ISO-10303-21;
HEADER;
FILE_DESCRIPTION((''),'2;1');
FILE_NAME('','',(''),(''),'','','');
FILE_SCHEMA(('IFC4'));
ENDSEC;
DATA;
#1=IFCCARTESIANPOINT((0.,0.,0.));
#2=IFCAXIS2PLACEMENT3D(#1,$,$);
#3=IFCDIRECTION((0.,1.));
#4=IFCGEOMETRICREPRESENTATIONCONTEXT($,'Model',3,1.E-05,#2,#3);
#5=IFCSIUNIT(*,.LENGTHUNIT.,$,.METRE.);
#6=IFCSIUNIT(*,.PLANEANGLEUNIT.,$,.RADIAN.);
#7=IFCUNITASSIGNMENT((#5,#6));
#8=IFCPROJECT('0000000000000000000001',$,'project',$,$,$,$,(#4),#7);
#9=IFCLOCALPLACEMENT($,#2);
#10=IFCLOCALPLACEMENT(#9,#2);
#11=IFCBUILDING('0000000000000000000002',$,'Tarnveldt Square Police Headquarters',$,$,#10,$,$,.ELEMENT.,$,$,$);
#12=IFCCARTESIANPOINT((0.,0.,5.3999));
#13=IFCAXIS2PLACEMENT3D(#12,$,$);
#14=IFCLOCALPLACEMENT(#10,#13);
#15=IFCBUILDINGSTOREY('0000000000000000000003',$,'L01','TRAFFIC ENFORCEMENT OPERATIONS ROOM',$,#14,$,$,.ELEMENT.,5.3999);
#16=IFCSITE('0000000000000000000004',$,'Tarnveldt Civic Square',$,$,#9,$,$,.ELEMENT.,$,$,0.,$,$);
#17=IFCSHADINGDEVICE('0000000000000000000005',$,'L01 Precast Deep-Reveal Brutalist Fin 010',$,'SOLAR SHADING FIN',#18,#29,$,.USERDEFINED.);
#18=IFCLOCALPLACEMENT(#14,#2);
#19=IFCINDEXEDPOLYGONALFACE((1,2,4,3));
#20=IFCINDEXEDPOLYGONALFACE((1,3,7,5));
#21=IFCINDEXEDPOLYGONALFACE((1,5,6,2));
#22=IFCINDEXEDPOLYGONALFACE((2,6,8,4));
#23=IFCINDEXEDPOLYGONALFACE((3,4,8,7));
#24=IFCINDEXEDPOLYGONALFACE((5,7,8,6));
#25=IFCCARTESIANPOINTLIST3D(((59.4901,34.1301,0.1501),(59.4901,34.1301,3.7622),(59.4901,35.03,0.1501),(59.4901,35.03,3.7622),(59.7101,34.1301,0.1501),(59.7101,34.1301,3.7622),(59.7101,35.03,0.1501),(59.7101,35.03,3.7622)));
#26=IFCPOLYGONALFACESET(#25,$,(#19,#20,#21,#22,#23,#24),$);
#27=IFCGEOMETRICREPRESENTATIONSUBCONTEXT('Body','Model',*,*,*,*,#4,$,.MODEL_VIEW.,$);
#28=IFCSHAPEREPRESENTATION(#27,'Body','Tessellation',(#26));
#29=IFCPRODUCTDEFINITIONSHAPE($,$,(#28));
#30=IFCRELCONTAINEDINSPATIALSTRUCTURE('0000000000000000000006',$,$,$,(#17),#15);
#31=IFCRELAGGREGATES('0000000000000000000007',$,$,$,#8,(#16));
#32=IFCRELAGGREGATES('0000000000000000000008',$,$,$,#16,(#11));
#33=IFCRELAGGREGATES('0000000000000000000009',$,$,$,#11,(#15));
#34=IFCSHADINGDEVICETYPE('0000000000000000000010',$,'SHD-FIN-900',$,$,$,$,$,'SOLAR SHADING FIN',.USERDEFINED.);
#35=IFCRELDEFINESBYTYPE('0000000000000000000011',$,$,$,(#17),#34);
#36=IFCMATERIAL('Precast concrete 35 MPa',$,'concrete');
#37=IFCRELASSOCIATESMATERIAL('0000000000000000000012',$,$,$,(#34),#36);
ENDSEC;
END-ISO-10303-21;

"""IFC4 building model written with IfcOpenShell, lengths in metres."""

from ifc_helpers import new_model, si_unit, direction, frame, origin, origin_2d, place, context, subcontext, project, spatial, rectangle, extrude, material, material_profile, profile_set, type_object, element, save


model = new_model("IFC4")

# Units and contexts
model_context = context("Model", 3, precision=1e-05, world=origin(), true_north=direction((0.0, 1.0)))
body_context = subcontext(model_context, "Body", "Model", "MODEL_VIEW")
ifc_project = project(units=[si_unit("LENGTHUNIT", "METRE"), si_unit("PLANEANGLEUNIT", "RADIAN")], contexts=[model_context])

# Site, building, storey
site_placement = place(None, origin())
site = spatial("IfcSite", under=ifc_project, at=site_placement, Name="Tarnveldt Civic Square", CompositionType="ELEMENT", RefElevation=0.0)
building_placement = place(site_placement, origin())
building = spatial("IfcBuilding", under=site, at=building_placement, Name="Tarnveldt Square Police Headquarters", CompositionType="ELEMENT")
storey_placement = place(building_placement, frame((0.0, 0.0, 5.3999)))
storey = spatial("IfcBuildingStorey", under=building, at=storey_placement, Name="L01", Description="TRAFFIC ENFORCEMENT OPERATIONS ROOM", CompositionType="ELEMENT", Elevation=5.3999)

# Shading device
ifc_material_1 = material(Name="Precast concrete 35 MPa", Category="concrete")
ifc_material_profile_1 = material_profile(ifc_material_1, rectangle(XDim=0.22, YDim=0.8999, at=origin_2d()), Name="PC-FIN220x900")
ifc_profile_set_1 = profile_set([ifc_material_profile_1], Name="Precast concrete 35 MPa")
shading_device_type = type_object("IfcShadingDeviceType", Name="SHD-FIN-900", ElementType="SOLAR SHADING FIN", PredefinedType="USERDEFINED", material=ifc_profile_set_1)
shading_device_placement = place(storey_placement, frame((59.6001, 34.5801, 0.1501), z_axis=(0.0, 0.0, 1.0), x_axis=(-1.0, 0.0, 0.0)))
element("IfcShadingDevice", 1, at=shading_device_placement, inside=storey, type_object=shading_device_type, Name="L01 Precast Deep-Reveal Brutalist Fin 010", ObjectType="SOLAR SHADING FIN", PredefinedType="USERDEFINED", context=body_context, shape_type="SweptSolid", body=[
    extrude(rectangle(XDim=0.22, YDim=0.8999, at=origin_2d()), origin(), (0.0, 0.0, 1.0), 3.6121),
])

save(model, "model.ifc")
